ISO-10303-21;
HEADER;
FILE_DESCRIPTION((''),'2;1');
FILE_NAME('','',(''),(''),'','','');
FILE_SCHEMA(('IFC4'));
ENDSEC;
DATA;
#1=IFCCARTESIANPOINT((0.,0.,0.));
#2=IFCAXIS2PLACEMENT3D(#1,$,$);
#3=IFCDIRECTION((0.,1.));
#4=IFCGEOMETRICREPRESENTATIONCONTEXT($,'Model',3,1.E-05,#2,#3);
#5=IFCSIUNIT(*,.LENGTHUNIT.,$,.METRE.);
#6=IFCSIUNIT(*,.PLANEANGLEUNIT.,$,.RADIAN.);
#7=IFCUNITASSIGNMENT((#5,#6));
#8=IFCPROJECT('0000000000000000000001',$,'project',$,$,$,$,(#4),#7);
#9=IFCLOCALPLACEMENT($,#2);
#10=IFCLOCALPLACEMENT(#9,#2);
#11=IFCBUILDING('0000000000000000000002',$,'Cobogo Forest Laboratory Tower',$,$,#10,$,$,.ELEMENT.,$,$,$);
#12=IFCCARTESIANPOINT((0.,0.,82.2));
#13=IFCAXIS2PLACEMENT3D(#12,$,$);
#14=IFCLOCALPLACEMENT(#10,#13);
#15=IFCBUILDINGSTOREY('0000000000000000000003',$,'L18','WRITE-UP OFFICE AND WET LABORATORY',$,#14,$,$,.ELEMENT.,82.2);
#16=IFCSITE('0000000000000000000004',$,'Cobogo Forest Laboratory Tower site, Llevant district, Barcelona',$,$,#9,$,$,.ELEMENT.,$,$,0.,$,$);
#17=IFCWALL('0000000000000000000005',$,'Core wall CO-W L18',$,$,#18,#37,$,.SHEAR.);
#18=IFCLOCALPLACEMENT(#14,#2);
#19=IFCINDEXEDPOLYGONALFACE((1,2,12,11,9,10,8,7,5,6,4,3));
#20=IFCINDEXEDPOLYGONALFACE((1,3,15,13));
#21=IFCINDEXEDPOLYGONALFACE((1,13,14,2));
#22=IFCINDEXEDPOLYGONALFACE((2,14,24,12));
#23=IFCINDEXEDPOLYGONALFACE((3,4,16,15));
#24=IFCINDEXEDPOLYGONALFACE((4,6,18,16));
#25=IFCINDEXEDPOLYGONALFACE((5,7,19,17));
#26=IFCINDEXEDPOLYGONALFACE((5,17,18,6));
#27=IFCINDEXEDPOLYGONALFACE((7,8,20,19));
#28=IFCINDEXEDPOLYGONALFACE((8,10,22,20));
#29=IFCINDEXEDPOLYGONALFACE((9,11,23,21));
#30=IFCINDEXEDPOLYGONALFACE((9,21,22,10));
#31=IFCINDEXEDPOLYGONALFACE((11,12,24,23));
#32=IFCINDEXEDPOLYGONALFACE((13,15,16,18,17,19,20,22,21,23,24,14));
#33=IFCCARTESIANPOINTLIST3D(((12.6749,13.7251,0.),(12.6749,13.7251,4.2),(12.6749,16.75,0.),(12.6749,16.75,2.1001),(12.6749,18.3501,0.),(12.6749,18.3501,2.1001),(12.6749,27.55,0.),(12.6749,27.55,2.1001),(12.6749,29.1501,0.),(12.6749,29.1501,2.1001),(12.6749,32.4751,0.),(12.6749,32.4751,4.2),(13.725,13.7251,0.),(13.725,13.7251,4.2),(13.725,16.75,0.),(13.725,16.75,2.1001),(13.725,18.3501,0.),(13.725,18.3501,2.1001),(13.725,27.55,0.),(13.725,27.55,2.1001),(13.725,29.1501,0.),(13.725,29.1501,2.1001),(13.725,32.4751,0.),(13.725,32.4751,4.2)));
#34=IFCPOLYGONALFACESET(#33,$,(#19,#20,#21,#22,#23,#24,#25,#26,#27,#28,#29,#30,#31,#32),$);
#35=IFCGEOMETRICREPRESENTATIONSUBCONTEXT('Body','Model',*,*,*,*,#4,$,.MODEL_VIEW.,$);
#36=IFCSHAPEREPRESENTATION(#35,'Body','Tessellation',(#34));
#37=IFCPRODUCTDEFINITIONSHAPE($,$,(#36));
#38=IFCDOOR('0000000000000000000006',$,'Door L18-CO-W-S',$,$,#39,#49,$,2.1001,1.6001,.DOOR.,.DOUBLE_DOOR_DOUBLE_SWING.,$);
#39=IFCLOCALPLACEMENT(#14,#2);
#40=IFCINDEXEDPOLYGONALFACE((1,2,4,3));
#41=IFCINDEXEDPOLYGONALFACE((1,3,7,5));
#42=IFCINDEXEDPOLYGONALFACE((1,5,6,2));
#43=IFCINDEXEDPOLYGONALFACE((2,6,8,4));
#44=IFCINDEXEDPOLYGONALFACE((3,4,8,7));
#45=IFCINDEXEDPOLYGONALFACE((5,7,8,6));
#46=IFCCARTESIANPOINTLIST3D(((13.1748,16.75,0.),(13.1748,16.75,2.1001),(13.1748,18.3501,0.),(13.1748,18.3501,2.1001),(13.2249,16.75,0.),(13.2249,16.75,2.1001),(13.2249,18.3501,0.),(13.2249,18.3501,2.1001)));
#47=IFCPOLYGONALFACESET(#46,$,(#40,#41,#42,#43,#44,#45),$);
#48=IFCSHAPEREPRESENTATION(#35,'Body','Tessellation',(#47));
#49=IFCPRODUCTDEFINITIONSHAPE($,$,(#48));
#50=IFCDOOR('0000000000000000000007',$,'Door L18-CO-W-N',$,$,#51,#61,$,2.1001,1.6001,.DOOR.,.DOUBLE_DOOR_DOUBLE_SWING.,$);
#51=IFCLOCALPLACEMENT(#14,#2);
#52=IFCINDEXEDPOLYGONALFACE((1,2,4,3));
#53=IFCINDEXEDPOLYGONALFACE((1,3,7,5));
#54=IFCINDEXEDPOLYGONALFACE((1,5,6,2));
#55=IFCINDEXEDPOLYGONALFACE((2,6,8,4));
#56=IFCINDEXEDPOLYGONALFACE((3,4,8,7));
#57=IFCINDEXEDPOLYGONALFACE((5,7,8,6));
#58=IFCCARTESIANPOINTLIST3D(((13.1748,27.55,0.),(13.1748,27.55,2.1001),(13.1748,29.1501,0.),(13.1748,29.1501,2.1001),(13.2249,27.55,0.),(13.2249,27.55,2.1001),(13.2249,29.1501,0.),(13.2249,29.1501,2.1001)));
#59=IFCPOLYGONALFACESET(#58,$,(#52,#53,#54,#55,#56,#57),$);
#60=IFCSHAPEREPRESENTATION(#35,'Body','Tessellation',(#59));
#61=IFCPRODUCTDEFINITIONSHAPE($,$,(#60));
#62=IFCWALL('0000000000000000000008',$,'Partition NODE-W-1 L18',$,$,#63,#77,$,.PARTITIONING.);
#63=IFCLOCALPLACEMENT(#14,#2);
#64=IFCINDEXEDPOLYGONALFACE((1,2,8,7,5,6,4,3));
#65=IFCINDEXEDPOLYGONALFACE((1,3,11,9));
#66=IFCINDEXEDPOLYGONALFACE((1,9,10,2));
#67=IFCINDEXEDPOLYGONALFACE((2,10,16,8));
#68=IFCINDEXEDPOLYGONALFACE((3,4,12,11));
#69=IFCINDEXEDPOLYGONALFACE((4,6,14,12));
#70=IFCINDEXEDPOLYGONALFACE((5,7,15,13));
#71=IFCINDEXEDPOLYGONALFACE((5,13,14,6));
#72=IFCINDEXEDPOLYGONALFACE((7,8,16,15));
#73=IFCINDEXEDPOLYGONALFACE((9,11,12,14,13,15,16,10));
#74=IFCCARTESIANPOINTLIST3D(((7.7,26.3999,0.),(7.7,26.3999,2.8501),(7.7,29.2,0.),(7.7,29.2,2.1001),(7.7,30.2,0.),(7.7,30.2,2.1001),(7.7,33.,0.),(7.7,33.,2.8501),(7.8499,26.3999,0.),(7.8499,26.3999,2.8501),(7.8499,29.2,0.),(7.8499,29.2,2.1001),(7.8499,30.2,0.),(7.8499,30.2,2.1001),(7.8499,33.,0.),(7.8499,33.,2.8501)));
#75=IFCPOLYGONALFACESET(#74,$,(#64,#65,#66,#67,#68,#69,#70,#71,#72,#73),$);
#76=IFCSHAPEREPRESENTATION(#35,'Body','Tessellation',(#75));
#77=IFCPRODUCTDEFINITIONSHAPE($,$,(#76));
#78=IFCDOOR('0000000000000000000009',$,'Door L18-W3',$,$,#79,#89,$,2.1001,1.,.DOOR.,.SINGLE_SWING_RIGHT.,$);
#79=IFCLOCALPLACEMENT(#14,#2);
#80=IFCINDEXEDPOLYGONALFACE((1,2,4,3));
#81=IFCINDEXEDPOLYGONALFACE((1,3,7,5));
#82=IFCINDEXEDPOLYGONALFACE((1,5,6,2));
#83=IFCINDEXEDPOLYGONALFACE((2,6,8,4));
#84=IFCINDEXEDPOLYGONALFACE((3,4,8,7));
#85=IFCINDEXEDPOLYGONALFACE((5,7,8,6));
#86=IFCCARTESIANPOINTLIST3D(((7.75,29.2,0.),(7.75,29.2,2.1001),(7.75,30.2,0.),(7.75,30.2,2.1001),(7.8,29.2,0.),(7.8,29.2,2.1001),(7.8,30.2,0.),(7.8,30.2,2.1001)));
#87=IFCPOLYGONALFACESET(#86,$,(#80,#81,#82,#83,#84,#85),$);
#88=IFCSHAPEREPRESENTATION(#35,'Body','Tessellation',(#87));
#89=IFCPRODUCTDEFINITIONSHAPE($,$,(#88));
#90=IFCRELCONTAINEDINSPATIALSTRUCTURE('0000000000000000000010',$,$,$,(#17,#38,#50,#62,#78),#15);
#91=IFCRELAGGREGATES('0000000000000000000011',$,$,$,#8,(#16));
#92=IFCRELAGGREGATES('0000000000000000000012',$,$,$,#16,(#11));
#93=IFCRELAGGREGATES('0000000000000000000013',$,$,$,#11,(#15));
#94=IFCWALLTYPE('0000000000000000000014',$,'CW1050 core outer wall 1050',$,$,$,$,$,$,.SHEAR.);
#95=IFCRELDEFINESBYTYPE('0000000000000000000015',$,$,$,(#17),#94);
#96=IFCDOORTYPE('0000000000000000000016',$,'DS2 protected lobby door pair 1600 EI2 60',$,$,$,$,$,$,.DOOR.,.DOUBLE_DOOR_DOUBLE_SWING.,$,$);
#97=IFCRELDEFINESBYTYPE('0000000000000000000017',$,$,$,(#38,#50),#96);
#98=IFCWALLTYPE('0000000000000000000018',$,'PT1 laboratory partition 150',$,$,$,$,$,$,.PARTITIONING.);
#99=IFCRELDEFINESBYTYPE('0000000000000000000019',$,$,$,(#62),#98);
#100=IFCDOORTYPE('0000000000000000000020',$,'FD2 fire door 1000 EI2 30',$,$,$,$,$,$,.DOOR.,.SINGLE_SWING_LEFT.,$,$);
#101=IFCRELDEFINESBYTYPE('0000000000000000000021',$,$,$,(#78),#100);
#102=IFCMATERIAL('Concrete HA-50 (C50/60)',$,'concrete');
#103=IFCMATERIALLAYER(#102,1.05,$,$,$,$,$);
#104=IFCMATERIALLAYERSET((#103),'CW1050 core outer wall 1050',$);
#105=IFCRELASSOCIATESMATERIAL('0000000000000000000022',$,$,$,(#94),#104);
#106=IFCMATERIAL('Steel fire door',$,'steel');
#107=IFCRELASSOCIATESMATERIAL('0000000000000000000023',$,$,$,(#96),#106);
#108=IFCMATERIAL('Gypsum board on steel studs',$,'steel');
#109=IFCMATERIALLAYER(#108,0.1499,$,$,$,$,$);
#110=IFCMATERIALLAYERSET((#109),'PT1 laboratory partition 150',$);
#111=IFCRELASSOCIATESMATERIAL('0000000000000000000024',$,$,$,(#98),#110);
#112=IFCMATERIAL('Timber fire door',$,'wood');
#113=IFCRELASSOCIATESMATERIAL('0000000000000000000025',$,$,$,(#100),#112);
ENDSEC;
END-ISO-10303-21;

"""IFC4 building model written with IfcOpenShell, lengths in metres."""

from ifc_helpers import new_model, si_unit, direction, frame, frame_2d, origin, place, context, subcontext, project, spatial, rectangle, extrude, material, layer, layer_set, type_object, element, fill, save


model = new_model("IFC4")

# Units and contexts
model_context = context("Model", 3, precision=1e-05, world=origin(), true_north=direction((0.0, 1.0)))
body_context = subcontext(model_context, "Body", "Model", "MODEL_VIEW")
ifc_project = project(units=[si_unit("LENGTHUNIT", "METRE"), si_unit("PLANEANGLEUNIT", "RADIAN")], contexts=[model_context])

# Site, building, storey
site_placement = place(None, origin())
site = spatial("IfcSite", under=ifc_project, at=site_placement, Name="Cobogo Forest Laboratory Tower site, Llevant district, Barcelona", CompositionType="ELEMENT", RefElevation=0.0)
building_placement = place(site_placement, origin())
building = spatial("IfcBuilding", under=site, at=building_placement, Name="Cobogo Forest Laboratory Tower", CompositionType="ELEMENT")
storey_placement = place(building_placement, frame((0.0, 0.0, 82.2)))
storey = spatial("IfcBuildingStorey", under=building, at=storey_placement, Name="L18", Description="WRITE-UP OFFICE AND WET LABORATORY", CompositionType="ELEMENT", Elevation=82.2)

# Shared definitions
ifc_material_1 = material(Name="Concrete HA-50 (C50/60)", Category="concrete")
ifc_material_2 = material(Name="Steel fire door", Category="steel")

# Wall, openings, doors
ifc_layer_1 = layer(ifc_material_1, 1.05)
ifc_layer_set_1 = layer_set([ifc_layer_1], Name="CW1050 core outer wall 1050")
wall_type_1 = type_object("IfcWallType", Name="CW1050 core outer wall 1050", PredefinedType="SHEAR", material=ifc_layer_set_1)
wall_1_placement = place(storey_placement, frame((13.2, 32.4751, 0.0), z_axis=(0.0, 0.0, 1.0), x_axis=(0.0, -1.0, 0.0)))
wall_1 = element("IfcWall", 1, at=wall_1_placement, inside=storey, type_object=wall_type_1, Name="Core wall CO-W L18", PredefinedType="SHEAR", context=body_context, shape_type="SweptSolid", body=[
    extrude(rectangle(XDim=18.75, YDim=1.05, at=frame_2d((9.375, 0.0))), origin(), (0.0, 0.0, 1.0), 4.2),
])
opening_1_placement = place(wall_1_placement, frame((14.125, 0.0, 0.0)))
opening_1 = element("IfcOpeningElement", 2, at=opening_1_placement, cuts=wall_1, PredefinedType="OPENING", context=body_context, shape_type="SweptSolid", body=[
    extrude(rectangle(XDim=1.6001, YDim=2.1001, at=frame_2d((0.8, 1.05))), frame((0.0, 0.5349, 0.0), z_axis=(0.0, -1.0, 0.0), x_axis=(1.0, 0.0, 0.0)), (0.0, 0.0, 1.0), 1.0701),
])
opening_2_placement = place(wall_1_placement, frame((3.325, 0.0, 0.0)))
opening_2 = element("IfcOpeningElement", 3, at=opening_2_placement, cuts=wall_1, PredefinedType="OPENING", context=body_context, shape_type="SweptSolid", body=[
    extrude(rectangle(XDim=1.6001, YDim=2.1001, at=frame_2d((0.8, 1.05))), frame((0.0, 0.5349, 0.0), z_axis=(0.0, -1.0, 0.0), x_axis=(1.0, 0.0, 0.0)), (0.0, 0.0, 1.0), 1.0701),
])
door_type_1 = type_object("IfcDoorType", Name="DS2 protected lobby door pair 1600 EI2 60", OperationType="DOUBLE_DOOR_DOUBLE_SWING", PredefinedType="DOOR", material=ifc_material_2)
door_1_placement = place(opening_1_placement, origin())
door_1 = element("IfcDoor", 4, at=door_1_placement, inside=storey, type_object=door_type_1, Name="Door L18-CO-W-S", OperationType="DOUBLE_DOOR_DOUBLE_SWING", OverallHeight=2.1001, OverallWidth=1.6001, PredefinedType="DOOR", context=body_context, shape_type="SweptSolid", body=[
    extrude(rectangle(XDim=1.6001, YDim=2.1001, at=frame_2d((0.8, 1.05))), frame((0.0, 0.0249, 0.0), z_axis=(0.0, -1.0, 0.0), x_axis=(1.0, 0.0, 0.0)), (0.0, 0.0, 1.0), 0.05),
])
fill(opening_1, door_1)
door_2_placement = place(opening_2_placement, origin())
door_2 = element("IfcDoor", 5, at=door_2_placement, inside=storey, type_object=door_type_1, Name="Door L18-CO-W-N", OperationType="DOUBLE_DOOR_DOUBLE_SWING", OverallHeight=2.1001, OverallWidth=1.6001, PredefinedType="DOOR", context=body_context, shape_type="SweptSolid", body=[
    extrude(rectangle(XDim=1.6001, YDim=2.1001, at=frame_2d((0.8, 1.05))), frame((0.0, 0.0249, 0.0), z_axis=(0.0, -1.0, 0.0), x_axis=(1.0, 0.0, 0.0)), (0.0, 0.0, 1.0), 0.05),
])
fill(opening_2, door_2)

# Wall, opening, door
ifc_material_3 = material(Name="Gypsum board on steel studs", Category="steel")
ifc_layer_2 = layer(ifc_material_3, 0.1499)
ifc_layer_set_2 = layer_set([ifc_layer_2], Name="PT1 laboratory partition 150")
wall_type_2 = type_object("IfcWallType", Name="PT1 laboratory partition 150", PredefinedType="PARTITIONING", material=ifc_layer_set_2)
wall_2_placement = place(storey_placement, frame((7.7749, 26.3999, 0.0), z_axis=(0.0, 0.0, 1.0), x_axis=(0.0, 1.0, 0.0)))
wall_2 = element("IfcWall", 6, at=wall_2_placement, inside=storey, type_object=wall_type_2, Name="Partition NODE-W-1 L18", PredefinedType="PARTITIONING", context=body_context, shape_type="SweptSolid", body=[
    extrude(rectangle(XDim=6.6001, YDim=0.1499, at=frame_2d((3.3, 0.0))), origin(), (0.0, 0.0, 1.0), 2.8501),
])
opening_3_placement = place(wall_2_placement, frame((2.8, 0.0, 0.0)))
opening_3 = element("IfcOpeningElement", 7, at=opening_3_placement, cuts=wall_2, PredefinedType="OPENING", context=body_context, shape_type="SweptSolid", body=[
    extrude(rectangle(XDim=1.0, YDim=2.1001, at=frame_2d((0.5, 1.05))), frame((0.0, 0.085, 0.0), z_axis=(0.0, -1.0, 0.0), x_axis=(1.0, 0.0, 0.0)), (0.0, 0.0, 1.0), 0.1699),
])
ifc_material_4 = material(Name="Timber fire door", Category="wood")
door_type_2 = type_object("IfcDoorType", Name="FD2 fire door 1000 EI2 30", OperationType="SINGLE_SWING_LEFT", PredefinedType="DOOR", material=ifc_material_4)
door_3_placement = place(opening_3_placement, origin())
door_3 = element("IfcDoor", 8, at=door_3_placement, inside=storey, type_object=door_type_2, Name="Door L18-W3", OperationType="SINGLE_SWING_RIGHT", OverallHeight=2.1001, OverallWidth=1.0, PredefinedType="DOOR", context=body_context, shape_type="SweptSolid", body=[
    extrude(rectangle(XDim=1.0, YDim=2.1001, at=frame_2d((0.5, 1.05))), frame((0.0, 0.0249, 0.0), z_axis=(0.0, -1.0, 0.0), x_axis=(1.0, 0.0, 0.0)), (0.0, 0.0, 1.0), 0.05),
])
fill(opening_3, door_3)

save(model, "model.ifc")
